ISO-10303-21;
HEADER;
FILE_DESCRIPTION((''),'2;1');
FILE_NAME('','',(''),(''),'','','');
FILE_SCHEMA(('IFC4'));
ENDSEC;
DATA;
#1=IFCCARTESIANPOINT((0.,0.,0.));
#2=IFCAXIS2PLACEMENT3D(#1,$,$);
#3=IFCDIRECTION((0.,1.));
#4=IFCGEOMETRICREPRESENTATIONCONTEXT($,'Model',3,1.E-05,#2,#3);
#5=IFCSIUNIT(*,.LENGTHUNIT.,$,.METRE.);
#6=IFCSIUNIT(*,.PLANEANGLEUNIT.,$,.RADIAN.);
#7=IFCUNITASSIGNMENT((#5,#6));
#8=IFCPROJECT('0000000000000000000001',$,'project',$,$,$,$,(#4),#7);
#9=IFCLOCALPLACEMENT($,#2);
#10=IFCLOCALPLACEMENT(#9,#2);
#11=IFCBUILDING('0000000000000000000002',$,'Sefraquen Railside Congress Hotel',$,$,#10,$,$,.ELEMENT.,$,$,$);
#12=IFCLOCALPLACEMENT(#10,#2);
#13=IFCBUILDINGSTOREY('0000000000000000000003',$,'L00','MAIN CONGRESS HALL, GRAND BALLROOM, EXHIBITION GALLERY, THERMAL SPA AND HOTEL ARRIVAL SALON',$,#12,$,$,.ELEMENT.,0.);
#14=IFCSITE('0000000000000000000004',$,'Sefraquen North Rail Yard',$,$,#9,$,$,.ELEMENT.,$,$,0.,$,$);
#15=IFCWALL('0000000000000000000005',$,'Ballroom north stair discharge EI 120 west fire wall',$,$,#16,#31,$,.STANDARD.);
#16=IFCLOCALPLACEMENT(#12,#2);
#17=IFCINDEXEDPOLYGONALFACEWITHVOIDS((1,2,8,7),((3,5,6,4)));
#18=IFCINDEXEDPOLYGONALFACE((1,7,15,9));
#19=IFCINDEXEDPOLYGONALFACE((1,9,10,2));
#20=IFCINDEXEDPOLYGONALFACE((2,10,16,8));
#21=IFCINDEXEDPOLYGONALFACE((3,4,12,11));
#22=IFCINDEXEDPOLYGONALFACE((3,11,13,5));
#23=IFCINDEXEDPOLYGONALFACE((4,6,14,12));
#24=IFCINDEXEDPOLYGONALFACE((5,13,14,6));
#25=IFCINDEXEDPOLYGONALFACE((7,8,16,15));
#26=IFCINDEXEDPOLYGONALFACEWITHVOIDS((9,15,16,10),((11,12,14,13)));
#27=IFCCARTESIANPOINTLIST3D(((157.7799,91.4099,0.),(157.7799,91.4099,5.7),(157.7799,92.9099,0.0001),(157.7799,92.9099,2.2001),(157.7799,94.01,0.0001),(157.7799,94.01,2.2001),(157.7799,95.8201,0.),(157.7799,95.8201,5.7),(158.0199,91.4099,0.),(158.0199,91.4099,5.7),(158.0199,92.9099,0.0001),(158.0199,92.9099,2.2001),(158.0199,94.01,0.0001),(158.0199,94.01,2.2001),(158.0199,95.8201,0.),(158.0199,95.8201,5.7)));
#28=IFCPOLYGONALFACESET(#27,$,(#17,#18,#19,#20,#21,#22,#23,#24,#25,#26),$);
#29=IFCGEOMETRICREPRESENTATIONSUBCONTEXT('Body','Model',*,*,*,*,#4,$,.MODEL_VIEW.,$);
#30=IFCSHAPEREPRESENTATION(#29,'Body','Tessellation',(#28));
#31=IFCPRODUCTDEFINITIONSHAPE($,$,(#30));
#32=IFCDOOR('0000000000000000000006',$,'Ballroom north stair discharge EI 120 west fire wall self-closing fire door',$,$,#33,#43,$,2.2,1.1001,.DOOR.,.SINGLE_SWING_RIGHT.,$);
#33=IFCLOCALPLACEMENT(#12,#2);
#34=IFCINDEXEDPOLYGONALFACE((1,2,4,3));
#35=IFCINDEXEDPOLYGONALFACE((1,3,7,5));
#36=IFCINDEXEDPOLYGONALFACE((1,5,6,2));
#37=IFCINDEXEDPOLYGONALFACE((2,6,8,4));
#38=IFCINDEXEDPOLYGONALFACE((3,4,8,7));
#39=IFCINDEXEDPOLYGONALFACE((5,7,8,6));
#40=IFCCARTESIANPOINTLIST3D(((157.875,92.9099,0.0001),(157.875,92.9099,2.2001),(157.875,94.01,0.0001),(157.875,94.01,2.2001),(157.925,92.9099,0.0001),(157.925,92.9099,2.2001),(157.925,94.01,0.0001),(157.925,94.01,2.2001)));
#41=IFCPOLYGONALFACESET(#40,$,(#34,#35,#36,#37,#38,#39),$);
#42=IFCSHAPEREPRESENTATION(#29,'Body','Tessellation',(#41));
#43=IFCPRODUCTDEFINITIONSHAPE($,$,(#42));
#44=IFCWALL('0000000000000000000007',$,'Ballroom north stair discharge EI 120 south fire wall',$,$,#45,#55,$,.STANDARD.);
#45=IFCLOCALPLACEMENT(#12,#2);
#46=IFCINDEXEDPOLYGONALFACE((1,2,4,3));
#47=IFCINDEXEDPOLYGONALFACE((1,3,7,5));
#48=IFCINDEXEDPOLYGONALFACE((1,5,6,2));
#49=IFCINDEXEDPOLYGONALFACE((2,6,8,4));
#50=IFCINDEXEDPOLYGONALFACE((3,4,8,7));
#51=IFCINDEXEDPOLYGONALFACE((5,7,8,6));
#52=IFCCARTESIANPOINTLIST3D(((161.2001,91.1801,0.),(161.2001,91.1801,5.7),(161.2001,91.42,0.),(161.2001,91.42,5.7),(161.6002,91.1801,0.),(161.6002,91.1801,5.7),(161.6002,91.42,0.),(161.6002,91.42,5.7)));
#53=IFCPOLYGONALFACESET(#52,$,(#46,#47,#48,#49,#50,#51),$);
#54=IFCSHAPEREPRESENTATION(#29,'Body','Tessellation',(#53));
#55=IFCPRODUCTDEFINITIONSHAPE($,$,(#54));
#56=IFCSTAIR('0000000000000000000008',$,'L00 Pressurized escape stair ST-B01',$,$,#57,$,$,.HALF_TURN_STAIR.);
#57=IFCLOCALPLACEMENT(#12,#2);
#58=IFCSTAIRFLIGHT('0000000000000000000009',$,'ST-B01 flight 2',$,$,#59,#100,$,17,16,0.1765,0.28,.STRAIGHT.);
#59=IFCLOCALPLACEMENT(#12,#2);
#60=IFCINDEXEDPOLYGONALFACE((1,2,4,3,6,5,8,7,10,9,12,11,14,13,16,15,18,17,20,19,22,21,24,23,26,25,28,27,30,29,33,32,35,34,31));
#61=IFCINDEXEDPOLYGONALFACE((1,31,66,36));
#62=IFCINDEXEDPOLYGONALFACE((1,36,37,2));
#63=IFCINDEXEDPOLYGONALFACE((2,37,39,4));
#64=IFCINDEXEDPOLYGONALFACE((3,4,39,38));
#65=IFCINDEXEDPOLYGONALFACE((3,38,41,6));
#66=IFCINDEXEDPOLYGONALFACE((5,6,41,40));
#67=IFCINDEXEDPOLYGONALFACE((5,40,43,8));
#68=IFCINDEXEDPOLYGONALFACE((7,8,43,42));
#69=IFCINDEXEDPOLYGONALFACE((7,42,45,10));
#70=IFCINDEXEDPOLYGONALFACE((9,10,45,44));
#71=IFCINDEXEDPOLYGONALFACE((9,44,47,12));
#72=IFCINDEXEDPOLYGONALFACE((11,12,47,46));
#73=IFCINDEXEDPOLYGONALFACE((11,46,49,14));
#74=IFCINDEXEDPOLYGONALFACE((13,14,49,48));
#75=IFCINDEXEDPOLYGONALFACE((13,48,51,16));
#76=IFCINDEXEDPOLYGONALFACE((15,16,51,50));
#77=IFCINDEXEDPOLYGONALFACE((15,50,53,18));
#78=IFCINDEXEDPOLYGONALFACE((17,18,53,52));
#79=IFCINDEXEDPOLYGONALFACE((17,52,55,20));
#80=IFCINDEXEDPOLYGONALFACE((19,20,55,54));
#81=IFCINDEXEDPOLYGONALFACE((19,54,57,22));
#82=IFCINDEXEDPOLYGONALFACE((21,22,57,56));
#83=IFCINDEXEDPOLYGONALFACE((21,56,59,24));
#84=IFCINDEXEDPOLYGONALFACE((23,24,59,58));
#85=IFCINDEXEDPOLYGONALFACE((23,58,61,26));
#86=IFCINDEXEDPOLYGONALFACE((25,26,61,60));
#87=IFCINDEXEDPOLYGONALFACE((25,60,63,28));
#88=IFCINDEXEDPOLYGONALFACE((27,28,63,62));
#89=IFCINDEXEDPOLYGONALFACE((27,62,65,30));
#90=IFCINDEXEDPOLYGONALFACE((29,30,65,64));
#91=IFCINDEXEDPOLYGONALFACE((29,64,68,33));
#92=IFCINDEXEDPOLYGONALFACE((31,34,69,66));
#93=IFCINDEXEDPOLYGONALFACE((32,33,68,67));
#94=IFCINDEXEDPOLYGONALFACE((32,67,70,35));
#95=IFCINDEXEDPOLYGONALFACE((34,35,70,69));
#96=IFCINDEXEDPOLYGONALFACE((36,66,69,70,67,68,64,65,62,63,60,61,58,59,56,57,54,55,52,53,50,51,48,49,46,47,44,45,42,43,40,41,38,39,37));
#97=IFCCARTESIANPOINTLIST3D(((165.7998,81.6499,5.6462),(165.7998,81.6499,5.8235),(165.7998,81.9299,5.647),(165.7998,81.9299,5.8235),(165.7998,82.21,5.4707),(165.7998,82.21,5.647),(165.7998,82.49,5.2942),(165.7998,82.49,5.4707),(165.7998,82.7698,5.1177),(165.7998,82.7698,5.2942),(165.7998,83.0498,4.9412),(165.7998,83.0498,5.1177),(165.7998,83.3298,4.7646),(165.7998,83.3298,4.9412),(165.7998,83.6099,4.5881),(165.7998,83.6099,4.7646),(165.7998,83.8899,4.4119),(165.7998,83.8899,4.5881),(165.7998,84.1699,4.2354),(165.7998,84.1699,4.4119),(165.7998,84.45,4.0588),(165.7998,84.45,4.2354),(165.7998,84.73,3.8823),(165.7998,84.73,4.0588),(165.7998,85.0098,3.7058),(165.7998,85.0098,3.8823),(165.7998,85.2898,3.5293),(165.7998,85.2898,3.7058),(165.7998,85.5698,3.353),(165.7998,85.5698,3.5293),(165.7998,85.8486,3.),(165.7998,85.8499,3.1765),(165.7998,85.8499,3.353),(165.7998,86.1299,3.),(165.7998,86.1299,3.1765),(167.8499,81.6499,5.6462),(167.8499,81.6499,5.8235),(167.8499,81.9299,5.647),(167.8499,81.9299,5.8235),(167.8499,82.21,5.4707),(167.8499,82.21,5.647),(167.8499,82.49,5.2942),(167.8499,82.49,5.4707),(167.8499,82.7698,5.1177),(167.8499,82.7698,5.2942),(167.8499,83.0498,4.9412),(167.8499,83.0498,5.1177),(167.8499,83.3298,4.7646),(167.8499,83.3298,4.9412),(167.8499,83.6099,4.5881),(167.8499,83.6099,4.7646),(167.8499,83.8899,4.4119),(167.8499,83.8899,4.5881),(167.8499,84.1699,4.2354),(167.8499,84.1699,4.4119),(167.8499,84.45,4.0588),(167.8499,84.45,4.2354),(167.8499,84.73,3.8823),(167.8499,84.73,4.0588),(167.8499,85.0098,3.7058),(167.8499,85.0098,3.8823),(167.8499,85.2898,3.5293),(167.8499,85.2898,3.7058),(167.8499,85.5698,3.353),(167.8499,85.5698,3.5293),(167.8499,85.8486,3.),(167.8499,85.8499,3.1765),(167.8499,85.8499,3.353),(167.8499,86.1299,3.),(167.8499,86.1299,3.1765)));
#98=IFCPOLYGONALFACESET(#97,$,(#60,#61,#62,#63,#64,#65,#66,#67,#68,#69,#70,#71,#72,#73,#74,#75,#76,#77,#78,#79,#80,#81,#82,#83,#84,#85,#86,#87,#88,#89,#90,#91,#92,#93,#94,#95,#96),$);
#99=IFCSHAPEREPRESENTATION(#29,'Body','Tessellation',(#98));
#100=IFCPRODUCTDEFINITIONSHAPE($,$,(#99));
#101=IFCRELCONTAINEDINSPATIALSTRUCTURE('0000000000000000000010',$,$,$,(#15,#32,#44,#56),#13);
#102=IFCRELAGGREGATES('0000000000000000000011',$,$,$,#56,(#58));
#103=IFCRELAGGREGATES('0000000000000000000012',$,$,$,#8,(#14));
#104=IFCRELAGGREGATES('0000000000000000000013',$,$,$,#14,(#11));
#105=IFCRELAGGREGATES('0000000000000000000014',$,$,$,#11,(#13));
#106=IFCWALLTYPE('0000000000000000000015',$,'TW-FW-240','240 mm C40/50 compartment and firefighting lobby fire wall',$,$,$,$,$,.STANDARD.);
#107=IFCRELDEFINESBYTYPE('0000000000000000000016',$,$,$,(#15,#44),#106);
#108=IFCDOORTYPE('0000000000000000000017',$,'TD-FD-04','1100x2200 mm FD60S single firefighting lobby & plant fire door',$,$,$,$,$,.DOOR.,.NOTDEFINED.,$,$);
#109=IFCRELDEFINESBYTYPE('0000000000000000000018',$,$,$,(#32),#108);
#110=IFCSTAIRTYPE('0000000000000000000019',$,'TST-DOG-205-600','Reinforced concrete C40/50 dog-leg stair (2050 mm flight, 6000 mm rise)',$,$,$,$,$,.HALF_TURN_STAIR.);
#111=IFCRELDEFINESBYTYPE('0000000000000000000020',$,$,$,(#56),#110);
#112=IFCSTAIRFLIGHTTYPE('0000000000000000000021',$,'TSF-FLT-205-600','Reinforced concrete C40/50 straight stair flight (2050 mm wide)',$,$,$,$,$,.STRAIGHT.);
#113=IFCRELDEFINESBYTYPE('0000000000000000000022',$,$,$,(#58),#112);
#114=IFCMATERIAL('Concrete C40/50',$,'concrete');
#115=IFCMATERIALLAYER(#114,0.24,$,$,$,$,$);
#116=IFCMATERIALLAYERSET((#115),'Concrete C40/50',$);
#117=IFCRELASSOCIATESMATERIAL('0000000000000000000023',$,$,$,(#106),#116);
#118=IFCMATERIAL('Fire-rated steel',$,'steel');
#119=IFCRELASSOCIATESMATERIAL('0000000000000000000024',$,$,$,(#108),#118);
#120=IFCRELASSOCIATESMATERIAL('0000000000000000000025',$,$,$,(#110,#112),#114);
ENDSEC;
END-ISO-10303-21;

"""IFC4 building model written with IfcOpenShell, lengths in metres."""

from ifc_helpers import new_model, si_unit, direction, frame, frame_2d, origin, place, context, subcontext, project, spatial, polyline, rectangle, outline, extrude, material, layer, layer_set, type_object, element, fill, aggregate, save


model = new_model("IFC4")

# Units and contexts
model_context = context("Model", 3, precision=1e-05, world=origin(), true_north=direction((0.0, 1.0)))
body_context = subcontext(model_context, "Body", "Model", "MODEL_VIEW")
ifc_project = project(units=[si_unit("LENGTHUNIT", "METRE"), si_unit("PLANEANGLEUNIT", "RADIAN")], contexts=[model_context])

# Site, building, storey
site_placement = place(None, origin())
site = spatial("IfcSite", under=ifc_project, at=site_placement, Name="Sefraquen North Rail Yard", CompositionType="ELEMENT", RefElevation=0.0)
building_placement = place(site_placement, origin())
building = spatial("IfcBuilding", under=site, at=building_placement, Name="Sefraquen Railside Congress Hotel", CompositionType="ELEMENT")
storey_placement = place(building_placement, origin())
storey = spatial("IfcBuildingStorey", under=building, at=storey_placement, Name="L00", Description="MAIN CONGRESS HALL, GRAND BALLROOM, EXHIBITION GALLERY, THERMAL SPA AND HOTEL ARRIVAL SALON", CompositionType="ELEMENT", Elevation=0.0)

# Shared definitions
ifc_material_1 = material(Name="Fire-rated steel", Category="steel")

# Wall, opening, door
ifc_material_2 = material(Name="Concrete C40/50", Category="concrete")
ifc_layer_1 = layer(ifc_material_2, 0.24)
ifc_layer_set_1 = layer_set([ifc_layer_1], Name="Concrete C40/50")
wall_type_1 = type_object("IfcWallType", Name="TW-FW-240", Description="240 mm C40/50 compartment and firefighting lobby fire wall", PredefinedType="STANDARD", material=ifc_layer_set_1)
wall_1_placement = place(storey_placement, frame((157.8999, 91.4099, 0.0), z_axis=(0.0, 0.0, 1.0), x_axis=(0.0, 1.0, 0.0)))
wall_1 = element("IfcWall", 1, at=wall_1_placement, inside=storey, type_object=wall_type_1, Name="Ballroom north stair discharge EI 120 west fire wall", PredefinedType="STANDARD", context=body_context, shape_type="SweptSolid", body=[
    extrude(rectangle(XDim=4.4102, YDim=0.24, at=frame_2d((2.2051, 0.0))), origin(), (0.0, 0.0, 1.0), 5.7),
])
opening_1_placement = place(wall_1_placement, frame((1.5, 0.0, 0.0)))
opening_1 = element("IfcOpeningElement", 2, at=opening_1_placement, cuts=wall_1, PredefinedType="OPENING", context=body_context, shape_type="SweptSolid", body=[
    extrude(rectangle(XDim=1.1001, YDim=2.2, at=frame_2d((0.55, 1.1001))), frame((0.0, 0.1299, 0.0), z_axis=(0.0, -1.0, 0.0), x_axis=(1.0, 0.0, 0.0)), (0.0, 0.0, 1.0), 0.26),
])
door_type_1 = type_object("IfcDoorType", Name="TD-FD-04", Description="1100x2200 mm FD60S single firefighting lobby & plant fire door", OperationType="NOTDEFINED", PredefinedType="DOOR", material=ifc_material_1)
door_1_placement = place(opening_1_placement, origin())
door_1 = element("IfcDoor", 3, at=door_1_placement, inside=storey, type_object=door_type_1, Name="Ballroom north stair discharge EI 120 west fire wall self-closing fire door", OperationType="SINGLE_SWING_RIGHT", OverallHeight=2.2, OverallWidth=1.1001, PredefinedType="DOOR", context=body_context, shape_type="SweptSolid", body=[
    extrude(rectangle(XDim=1.1001, YDim=2.2, at=frame_2d((0.55, 1.1001))), frame((0.0, 0.0249, 0.0), z_axis=(0.0, -1.0, 0.0), x_axis=(1.0, 0.0, 0.0)), (0.0, 0.0, 1.0), 0.05),
])
fill(opening_1, door_1)

# Wall
wall_2_placement = place(storey_placement, frame((161.2, 91.3, 0.0), z_axis=(0.0, 0.0, 1.0), x_axis=(1.0, 0.0, 0.0)))
element("IfcWall", 4, at=wall_2_placement, inside=storey, type_object=wall_type_1, Name="Ballroom north stair discharge EI 120 south fire wall", PredefinedType="STANDARD", context=body_context, shape_type="SweptSolid", body=[
    extrude(rectangle(XDim=0.4001, YDim=0.24, at=frame_2d((0.2002, 0.0))), origin(), (0.0, 0.0, 1.0), 5.7),
])

# Stair, stair flight
stair_type = type_object("IfcStairType", Name="TST-DOG-205-600", Description="Reinforced concrete C40/50 dog-leg stair (2050 mm flight, 6000 mm rise)", PredefinedType="HALF_TURN_STAIR", material=ifc_material_2)
stair_placement = place(storey_placement, origin())
stair = element("IfcStair", 5, at=stair_placement, inside=storey, type_object=stair_type, Name="L00 Pressurized escape stair ST-B01", PredefinedType="HALF_TURN_STAIR")
stair_flight_type = type_object("IfcStairFlightType", Name="TSF-FLT-205-600", Description="Reinforced concrete C40/50 straight stair flight (2050 mm wide)", PredefinedType="STRAIGHT", material=ifc_material_2)
stair_flight_placement = place(storey_placement, frame((166.825, 86.1299, 3.0), z_axis=(0.0, 0.0, 1.0), x_axis=(0.0, -1.0, 0.0)))
stair_flight = element("IfcStairFlight", 6, at=stair_flight_placement, type_object=stair_flight_type, Name="ST-B01 flight 2", NumberOfRisers=17, NumberOfTreads=16, PredefinedType="STRAIGHT", RiserHeight=0.1765, TreadLength=0.28, context=body_context, shape_type="SweptSolid", body=[
    extrude(outline(polyline([(0.0, 0.0), (0.0, 0.1765), (0.28, 0.1765), (0.28, 0.353), (0.5601, 0.353), (0.5601, 0.5293), (0.8401, 0.5293), (0.8401, 0.7058), (1.1201, 0.7058), (1.1201, 0.8823), (1.3999, 0.8823), (1.3999, 1.0588), (1.6799, 1.0588), (1.6799, 1.2354), (1.96, 1.2354), (1.96, 1.4119), (2.24, 1.4119), (2.24, 1.5881), (2.52, 1.5881), (2.52, 1.7646), (2.8, 1.7646), (2.8, 1.9412), (3.0801, 1.9412), (3.0801, 2.1177), (3.3601, 2.1177), (3.3601, 2.2942), (3.6399, 2.2942), (3.6399, 2.4707), (3.9199, 2.4707), (3.9199, 2.647), (4.2, 2.647), (4.2, 2.8235), (4.48, 2.8235), (4.48, 3.0), (4.48, 2.6462), (0.2812, 0.0), (0.0, 0.0)])), frame((0.0, 1.0249, 0.0), z_axis=(0.0, -1.0, 0.0), x_axis=(1.0, 0.0, 0.0)), (0.0, 0.0, 1.0), 2.05),
])
aggregate(stair, [stair_flight])

save(model, "model.ifc")
